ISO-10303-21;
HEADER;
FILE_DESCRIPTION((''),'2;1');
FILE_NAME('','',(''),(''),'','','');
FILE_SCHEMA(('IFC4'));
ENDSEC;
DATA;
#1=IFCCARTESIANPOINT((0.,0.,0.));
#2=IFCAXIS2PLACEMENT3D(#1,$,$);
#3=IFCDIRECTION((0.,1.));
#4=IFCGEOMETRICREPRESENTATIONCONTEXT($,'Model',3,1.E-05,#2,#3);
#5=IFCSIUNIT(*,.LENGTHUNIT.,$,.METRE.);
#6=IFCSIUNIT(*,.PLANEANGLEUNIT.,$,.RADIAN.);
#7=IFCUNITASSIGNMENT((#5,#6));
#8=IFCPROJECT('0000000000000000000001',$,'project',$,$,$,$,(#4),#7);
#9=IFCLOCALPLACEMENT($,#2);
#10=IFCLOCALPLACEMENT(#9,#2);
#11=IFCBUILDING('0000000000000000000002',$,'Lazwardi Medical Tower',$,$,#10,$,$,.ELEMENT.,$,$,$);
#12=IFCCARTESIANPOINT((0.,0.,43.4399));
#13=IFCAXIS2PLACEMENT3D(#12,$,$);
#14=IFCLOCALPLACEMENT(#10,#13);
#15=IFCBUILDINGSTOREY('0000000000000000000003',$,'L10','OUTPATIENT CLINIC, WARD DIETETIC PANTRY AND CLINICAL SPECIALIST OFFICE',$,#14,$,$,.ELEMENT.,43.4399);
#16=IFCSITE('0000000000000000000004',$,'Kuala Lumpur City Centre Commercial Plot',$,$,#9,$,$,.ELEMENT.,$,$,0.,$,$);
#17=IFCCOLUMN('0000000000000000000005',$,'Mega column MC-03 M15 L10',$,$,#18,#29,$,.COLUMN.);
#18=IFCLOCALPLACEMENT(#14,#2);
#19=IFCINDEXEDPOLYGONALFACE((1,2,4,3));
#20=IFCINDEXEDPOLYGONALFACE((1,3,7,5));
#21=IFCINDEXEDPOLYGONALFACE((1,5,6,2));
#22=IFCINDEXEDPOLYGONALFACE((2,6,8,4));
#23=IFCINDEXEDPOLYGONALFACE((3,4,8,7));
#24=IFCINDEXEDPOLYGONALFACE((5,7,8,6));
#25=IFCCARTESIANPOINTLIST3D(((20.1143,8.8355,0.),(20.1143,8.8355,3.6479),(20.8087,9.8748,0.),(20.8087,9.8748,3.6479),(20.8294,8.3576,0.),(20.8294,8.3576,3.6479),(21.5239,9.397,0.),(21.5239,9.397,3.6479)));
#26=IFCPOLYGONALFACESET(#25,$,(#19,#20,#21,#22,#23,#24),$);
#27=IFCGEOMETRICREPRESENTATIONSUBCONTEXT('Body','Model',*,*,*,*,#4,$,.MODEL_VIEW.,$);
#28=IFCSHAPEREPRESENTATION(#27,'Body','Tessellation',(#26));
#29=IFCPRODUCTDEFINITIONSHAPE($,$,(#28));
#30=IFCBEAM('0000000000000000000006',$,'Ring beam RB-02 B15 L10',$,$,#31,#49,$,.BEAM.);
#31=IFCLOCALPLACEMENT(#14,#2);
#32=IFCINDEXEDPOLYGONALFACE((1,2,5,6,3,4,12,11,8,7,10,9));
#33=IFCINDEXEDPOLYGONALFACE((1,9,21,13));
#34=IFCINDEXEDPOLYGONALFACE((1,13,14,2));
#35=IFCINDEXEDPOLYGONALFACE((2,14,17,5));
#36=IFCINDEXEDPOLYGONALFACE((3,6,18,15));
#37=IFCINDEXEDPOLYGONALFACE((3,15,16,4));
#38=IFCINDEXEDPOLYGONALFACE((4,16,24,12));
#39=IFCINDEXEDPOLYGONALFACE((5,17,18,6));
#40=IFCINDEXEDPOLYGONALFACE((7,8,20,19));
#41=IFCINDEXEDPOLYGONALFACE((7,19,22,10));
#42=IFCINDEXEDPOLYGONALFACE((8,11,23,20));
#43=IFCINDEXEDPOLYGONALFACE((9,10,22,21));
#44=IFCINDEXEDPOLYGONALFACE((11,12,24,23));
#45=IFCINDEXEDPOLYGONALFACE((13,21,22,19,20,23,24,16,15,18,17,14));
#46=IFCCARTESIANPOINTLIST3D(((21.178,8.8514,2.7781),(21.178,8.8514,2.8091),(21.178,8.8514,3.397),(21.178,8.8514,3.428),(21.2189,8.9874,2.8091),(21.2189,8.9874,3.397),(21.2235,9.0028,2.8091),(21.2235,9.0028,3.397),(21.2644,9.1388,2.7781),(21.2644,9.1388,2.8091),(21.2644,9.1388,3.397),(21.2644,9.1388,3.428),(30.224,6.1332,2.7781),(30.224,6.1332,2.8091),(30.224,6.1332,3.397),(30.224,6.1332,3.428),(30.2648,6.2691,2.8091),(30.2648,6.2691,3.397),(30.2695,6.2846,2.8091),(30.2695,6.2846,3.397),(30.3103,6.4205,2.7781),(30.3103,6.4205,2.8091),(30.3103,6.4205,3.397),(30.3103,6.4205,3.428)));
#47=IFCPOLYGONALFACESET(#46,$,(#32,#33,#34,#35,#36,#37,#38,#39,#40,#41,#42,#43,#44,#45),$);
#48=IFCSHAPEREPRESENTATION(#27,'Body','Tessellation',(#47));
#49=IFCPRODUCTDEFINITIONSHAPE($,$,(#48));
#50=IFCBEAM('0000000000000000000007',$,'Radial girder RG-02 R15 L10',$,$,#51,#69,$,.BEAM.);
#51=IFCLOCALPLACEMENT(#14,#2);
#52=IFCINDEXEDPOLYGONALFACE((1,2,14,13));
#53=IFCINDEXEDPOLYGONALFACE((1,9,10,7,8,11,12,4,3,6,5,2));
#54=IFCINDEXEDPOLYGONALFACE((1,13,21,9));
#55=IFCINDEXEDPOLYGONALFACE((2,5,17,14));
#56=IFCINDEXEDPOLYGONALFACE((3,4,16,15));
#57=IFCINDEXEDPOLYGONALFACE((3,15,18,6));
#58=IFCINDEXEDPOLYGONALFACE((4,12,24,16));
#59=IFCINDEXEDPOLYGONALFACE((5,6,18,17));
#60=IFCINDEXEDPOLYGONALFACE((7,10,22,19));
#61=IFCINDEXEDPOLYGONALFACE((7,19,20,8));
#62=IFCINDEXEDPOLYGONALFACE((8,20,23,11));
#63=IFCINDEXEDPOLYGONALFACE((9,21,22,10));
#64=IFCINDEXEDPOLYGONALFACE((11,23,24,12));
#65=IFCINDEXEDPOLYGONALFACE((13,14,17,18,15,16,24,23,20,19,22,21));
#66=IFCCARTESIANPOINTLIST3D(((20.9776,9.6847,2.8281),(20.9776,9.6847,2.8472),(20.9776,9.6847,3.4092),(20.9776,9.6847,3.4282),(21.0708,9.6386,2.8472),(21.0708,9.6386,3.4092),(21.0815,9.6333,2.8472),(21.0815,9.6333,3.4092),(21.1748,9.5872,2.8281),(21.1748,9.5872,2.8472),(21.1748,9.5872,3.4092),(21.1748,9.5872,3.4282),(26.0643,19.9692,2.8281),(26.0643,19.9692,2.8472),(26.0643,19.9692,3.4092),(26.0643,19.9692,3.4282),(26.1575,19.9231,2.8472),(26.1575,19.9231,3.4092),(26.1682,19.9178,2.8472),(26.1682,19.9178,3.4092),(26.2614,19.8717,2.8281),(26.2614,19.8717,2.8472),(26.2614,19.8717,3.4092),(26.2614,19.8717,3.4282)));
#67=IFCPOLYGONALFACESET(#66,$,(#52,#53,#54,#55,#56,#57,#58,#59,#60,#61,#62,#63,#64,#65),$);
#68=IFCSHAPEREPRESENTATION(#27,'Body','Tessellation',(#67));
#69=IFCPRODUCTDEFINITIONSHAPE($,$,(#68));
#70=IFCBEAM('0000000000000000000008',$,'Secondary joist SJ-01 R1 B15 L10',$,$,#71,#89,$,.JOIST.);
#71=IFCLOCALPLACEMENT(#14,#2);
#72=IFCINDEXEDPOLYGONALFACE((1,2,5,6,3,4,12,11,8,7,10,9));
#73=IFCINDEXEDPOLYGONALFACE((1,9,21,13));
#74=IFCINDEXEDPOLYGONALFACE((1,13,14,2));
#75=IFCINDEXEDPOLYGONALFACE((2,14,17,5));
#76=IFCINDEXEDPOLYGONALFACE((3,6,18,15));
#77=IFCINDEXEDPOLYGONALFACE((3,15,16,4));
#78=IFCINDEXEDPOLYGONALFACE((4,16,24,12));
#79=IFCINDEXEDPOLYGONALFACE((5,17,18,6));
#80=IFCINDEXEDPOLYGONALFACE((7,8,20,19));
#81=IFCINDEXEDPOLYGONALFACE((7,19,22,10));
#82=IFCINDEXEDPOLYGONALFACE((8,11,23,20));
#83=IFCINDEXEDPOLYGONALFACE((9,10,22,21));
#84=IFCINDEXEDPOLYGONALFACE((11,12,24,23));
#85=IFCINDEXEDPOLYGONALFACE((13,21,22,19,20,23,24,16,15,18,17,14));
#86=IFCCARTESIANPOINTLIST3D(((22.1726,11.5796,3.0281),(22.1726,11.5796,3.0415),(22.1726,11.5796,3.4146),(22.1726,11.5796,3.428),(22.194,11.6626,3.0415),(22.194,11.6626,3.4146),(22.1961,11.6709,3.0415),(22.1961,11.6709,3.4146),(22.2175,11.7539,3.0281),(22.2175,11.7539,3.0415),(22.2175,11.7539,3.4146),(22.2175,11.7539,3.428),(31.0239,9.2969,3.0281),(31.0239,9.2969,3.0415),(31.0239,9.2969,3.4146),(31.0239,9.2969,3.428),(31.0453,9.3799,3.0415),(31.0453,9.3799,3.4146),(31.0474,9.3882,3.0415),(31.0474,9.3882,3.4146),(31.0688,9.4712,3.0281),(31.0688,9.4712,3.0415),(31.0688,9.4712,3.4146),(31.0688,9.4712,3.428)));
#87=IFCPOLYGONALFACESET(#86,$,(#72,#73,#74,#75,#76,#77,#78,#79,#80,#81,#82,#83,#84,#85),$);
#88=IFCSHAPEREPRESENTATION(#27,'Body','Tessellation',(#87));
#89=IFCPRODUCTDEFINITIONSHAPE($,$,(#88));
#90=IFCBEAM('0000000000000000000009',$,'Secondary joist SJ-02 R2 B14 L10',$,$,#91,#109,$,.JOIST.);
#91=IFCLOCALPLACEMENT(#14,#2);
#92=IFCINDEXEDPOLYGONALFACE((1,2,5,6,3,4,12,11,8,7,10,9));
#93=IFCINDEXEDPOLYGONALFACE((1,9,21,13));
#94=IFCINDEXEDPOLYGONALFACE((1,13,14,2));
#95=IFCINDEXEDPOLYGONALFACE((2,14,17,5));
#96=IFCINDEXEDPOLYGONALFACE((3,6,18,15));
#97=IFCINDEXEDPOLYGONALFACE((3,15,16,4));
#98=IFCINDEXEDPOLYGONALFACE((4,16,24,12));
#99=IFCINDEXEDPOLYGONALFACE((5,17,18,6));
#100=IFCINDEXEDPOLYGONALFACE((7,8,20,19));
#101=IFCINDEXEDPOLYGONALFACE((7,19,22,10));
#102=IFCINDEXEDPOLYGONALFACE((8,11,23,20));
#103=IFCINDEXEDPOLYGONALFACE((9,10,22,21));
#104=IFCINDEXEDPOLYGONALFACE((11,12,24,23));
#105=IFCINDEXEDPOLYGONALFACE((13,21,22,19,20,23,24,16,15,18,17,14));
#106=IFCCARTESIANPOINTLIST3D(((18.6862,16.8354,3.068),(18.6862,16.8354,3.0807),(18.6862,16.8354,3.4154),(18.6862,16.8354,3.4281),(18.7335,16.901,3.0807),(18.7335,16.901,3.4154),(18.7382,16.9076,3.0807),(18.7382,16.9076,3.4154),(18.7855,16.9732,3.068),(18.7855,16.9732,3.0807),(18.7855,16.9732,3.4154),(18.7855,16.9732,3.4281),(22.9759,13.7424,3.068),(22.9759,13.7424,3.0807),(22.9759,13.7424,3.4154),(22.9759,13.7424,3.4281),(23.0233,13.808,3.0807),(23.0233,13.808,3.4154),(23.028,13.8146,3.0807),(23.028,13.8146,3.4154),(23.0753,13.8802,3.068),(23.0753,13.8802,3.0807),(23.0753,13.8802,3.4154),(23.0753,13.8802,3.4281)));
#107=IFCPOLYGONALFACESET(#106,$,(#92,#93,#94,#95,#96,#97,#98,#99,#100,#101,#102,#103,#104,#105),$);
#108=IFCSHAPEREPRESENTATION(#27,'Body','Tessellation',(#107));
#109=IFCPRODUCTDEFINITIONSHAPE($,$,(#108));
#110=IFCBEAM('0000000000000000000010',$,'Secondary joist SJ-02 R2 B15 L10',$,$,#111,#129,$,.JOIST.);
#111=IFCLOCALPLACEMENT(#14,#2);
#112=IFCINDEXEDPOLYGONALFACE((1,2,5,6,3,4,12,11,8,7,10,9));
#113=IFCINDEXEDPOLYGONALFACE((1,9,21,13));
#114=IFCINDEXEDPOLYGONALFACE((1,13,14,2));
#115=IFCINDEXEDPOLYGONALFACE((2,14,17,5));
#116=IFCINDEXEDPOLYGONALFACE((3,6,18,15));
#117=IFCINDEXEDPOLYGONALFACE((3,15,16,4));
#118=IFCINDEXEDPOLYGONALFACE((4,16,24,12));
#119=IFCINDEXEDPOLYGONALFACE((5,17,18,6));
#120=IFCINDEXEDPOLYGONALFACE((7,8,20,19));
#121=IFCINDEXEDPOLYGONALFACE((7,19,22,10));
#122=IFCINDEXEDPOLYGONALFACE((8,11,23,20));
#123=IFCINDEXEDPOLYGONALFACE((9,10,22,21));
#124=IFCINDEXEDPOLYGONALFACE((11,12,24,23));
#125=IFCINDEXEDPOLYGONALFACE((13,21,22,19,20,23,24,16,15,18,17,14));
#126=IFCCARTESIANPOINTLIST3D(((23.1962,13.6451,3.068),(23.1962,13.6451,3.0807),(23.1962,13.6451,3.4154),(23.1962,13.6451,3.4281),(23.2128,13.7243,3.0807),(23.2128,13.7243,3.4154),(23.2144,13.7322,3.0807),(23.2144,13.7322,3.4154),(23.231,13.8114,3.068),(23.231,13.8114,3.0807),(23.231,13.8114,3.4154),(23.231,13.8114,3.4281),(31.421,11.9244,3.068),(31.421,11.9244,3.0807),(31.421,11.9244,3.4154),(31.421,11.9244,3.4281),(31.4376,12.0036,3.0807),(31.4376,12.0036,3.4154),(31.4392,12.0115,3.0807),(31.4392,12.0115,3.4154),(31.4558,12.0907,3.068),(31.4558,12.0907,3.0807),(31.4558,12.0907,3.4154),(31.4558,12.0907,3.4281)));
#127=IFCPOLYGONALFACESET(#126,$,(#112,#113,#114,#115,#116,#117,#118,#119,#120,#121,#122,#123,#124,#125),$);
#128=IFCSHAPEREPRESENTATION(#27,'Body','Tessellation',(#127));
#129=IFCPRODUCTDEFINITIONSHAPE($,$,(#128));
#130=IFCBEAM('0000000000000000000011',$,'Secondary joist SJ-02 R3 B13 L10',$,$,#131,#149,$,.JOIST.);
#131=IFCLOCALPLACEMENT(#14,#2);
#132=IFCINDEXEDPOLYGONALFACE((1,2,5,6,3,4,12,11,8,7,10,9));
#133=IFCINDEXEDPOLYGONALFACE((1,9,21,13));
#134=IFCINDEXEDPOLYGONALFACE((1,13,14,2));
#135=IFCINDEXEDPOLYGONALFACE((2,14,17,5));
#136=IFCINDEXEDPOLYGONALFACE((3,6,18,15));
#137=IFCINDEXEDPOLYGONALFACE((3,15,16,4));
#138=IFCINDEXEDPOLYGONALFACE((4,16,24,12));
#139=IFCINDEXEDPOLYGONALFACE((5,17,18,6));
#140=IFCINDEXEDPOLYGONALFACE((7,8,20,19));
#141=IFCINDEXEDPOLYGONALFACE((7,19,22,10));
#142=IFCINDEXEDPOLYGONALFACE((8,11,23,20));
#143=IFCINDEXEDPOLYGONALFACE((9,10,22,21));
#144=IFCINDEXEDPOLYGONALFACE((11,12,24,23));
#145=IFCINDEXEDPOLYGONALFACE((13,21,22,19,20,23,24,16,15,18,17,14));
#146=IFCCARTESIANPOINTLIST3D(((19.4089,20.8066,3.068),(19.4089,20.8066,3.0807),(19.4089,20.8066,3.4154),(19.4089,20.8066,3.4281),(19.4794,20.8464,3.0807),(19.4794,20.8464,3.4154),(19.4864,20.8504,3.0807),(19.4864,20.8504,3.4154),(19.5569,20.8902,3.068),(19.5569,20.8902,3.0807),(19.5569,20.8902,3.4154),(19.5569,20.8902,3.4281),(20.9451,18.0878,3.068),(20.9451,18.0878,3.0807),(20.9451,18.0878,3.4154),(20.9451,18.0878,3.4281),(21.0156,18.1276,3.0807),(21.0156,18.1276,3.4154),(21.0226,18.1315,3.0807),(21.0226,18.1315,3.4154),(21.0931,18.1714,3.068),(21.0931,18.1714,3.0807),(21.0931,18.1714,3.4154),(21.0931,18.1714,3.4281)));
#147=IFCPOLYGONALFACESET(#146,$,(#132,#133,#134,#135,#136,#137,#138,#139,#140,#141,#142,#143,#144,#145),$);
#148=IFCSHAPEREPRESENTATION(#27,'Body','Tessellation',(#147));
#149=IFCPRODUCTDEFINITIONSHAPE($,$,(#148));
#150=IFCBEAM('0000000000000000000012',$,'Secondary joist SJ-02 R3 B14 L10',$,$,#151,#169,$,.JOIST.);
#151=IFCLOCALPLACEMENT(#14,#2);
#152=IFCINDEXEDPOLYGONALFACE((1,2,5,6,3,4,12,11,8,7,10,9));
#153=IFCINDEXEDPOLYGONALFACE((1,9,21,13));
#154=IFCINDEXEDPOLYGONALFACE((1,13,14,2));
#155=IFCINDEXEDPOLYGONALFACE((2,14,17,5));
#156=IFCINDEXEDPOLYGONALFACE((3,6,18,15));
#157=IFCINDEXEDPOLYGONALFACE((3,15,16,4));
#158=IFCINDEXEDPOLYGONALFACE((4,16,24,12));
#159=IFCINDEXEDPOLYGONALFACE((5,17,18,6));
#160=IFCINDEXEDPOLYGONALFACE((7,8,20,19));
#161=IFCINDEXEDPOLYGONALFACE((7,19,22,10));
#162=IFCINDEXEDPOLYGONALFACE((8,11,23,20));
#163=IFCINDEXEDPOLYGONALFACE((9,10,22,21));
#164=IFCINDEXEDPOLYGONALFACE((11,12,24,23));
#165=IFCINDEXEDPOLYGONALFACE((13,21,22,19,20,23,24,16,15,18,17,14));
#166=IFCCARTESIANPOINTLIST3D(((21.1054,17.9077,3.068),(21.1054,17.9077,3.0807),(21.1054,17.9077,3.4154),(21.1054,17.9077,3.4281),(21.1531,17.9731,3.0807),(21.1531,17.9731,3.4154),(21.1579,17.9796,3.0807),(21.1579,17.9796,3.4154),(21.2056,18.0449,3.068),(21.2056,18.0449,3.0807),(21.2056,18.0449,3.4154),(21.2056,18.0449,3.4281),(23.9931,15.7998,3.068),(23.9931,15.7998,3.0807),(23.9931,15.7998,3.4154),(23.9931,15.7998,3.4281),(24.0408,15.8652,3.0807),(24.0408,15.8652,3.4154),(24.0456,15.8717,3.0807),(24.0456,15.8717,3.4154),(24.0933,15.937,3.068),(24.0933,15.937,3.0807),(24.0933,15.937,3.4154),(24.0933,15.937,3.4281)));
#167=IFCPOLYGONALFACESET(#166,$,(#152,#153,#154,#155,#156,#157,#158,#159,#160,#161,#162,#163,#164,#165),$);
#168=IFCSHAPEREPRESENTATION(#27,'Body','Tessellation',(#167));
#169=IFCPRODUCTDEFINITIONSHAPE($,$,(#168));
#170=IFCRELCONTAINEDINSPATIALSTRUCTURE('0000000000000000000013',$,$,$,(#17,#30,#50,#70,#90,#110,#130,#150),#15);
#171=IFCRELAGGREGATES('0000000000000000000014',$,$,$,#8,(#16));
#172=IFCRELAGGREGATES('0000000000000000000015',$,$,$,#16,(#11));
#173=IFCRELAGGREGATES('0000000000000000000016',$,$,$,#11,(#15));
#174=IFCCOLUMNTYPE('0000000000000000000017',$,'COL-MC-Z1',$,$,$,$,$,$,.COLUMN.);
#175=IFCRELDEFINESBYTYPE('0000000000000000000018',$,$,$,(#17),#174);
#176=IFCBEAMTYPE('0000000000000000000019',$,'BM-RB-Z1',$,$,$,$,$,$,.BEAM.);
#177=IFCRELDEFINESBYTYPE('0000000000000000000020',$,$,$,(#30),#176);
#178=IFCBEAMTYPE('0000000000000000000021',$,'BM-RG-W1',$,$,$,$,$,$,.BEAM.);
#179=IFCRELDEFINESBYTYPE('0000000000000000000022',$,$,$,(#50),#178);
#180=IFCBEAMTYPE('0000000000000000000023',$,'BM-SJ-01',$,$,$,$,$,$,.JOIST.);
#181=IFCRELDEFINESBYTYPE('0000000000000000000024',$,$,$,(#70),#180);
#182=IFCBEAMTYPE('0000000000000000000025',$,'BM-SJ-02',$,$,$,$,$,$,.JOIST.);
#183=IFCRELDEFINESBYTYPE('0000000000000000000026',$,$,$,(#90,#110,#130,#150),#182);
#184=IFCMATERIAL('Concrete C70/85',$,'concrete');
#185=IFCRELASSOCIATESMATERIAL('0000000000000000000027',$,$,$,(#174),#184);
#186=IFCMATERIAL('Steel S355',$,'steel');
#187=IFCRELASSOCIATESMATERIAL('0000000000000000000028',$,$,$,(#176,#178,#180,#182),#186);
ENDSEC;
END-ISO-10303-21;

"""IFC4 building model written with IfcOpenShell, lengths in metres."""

from ifc_helpers import new_model, si_unit, direction, frame, origin, origin_2d, place, context, subcontext, project, spatial, rectangle, i_section, extrude, material, material_profile, profile_set, type_object, element, save


model = new_model("IFC4")

# Units and contexts
model_context = context("Model", 3, precision=1e-05, world=origin(), true_north=direction((0.0, 1.0)))
body_context = subcontext(model_context, "Body", "Model", "MODEL_VIEW")
ifc_project = project(units=[si_unit("LENGTHUNIT", "METRE"), si_unit("PLANEANGLEUNIT", "RADIAN")], contexts=[model_context])

# Site, building, storey
site_placement = place(None, origin())
site = spatial("IfcSite", under=ifc_project, at=site_placement, Name="Kuala Lumpur City Centre Commercial Plot", CompositionType="ELEMENT", RefElevation=0.0)
building_placement = place(site_placement, origin())
building = spatial("IfcBuilding", under=site, at=building_placement, Name="Lazwardi Medical Tower", CompositionType="ELEMENT")
storey_placement = place(building_placement, frame((0.0, 0.0, 43.4399)))
storey = spatial("IfcBuildingStorey", under=building, at=storey_placement, Name="L10", Description="OUTPATIENT CLINIC, WARD DIETETIC PANTRY AND CLINICAL SPECIALIST OFFICE", CompositionType="ELEMENT", Elevation=43.4399)

# Column
ifc_material_1 = material(Name="Concrete C70/85", Category="concrete")
ifc_material_profile_1 = material_profile(ifc_material_1, rectangle(XDim=1.25, YDim=0.8601, at=origin_2d()), Name="CFT-RECT 1250x860")
ifc_profile_set_1 = profile_set([ifc_material_profile_1], Name="Concrete C70/85")
column_type = type_object("IfcColumnType", Name="COL-MC-Z1", PredefinedType="COLUMN", material=ifc_profile_set_1)
column_placement = place(storey_placement, frame((20.8191, 9.1162, 0.0), z_axis=(0.0, 0.0, 1.0), x_axis=(-0.55557, -0.83147, 0.0)))
element("IfcColumn", 1, at=column_placement, inside=storey, type_object=column_type, Name="Mega column MC-03 M15 L10", PredefinedType="COLUMN", context=body_context, shape_type="SweptSolid", body=[
    extrude(rectangle(XDim=1.25, YDim=0.8601, at=origin_2d()), origin(), (0.0, 0.0, 1.0), 3.6479),
])

# Beams
ifc_material_2 = material(Name="Steel S355", Category="steel")
ifc_material_profile_2 = material_profile(ifc_material_2, i_section(OverallWidth=0.3, OverallDepth=0.6499, WebThickness=0.0161, FlangeThickness=0.031, at=origin_2d()), Name="HEB 650")
ifc_profile_set_2 = profile_set([ifc_material_profile_2], Name="Steel S355")
beam_type_1 = type_object("IfcBeamType", Name="BM-RB-Z1", PredefinedType="BEAM", material=ifc_profile_set_2)
beam_1_placement = place(storey_placement, frame((21.2212, 8.9951, 3.103), z_axis=(0.957695, -0.287784, 0.0), x_axis=(0.287784, 0.957695, 0.0)))
element("IfcBeam", 2, at=beam_1_placement, inside=storey, type_object=beam_type_1, Name="Ring beam RB-02 B15 L10", PredefinedType="BEAM", context=body_context, shape_type="SweptSolid", body=[
    extrude(i_section(OverallWidth=0.3, OverallDepth=0.6499, WebThickness=0.0161, FlangeThickness=0.031, at=origin_2d()), origin(), (0.0, 0.0, 1.0), 9.4456),
])
ifc_material_profile_3 = material_profile(ifc_material_2, i_section(OverallWidth=0.22, OverallDepth=0.6001, WebThickness=0.012, FlangeThickness=0.019, at=origin_2d()), Name="IPE 600")
ifc_profile_set_3 = profile_set([ifc_material_profile_3], Name="Steel S355")
beam_type_2 = type_object("IfcBeamType", Name="BM-RG-W1", PredefinedType="BEAM", material=ifc_profile_set_3)
beam_2_placement = place(storey_placement, frame((21.0762, 9.636, 3.1282), z_axis=(0.443337, 0.896355, 0.0), x_axis=(-0.896355, 0.443337, 0.0)))
element("IfcBeam", 3, at=beam_2_placement, inside=storey, type_object=beam_type_2, Name="Radial girder RG-02 R15 L10", PredefinedType="BEAM", context=body_context, shape_type="SweptSolid", body=[
    extrude(i_section(OverallWidth=0.22, OverallDepth=0.6001, WebThickness=0.012, FlangeThickness=0.019, at=origin_2d()), origin(), (0.0, 0.0, 1.0), 11.4736),
])
ifc_material_profile_4 = material_profile(ifc_material_2, i_section(OverallWidth=0.1799, OverallDepth=0.3999, WebThickness=0.0085, FlangeThickness=0.0134, at=origin_2d()), Name="IPE 400")
ifc_profile_set_4 = profile_set([ifc_material_profile_4], Name="Steel S355")
beam_type_3 = type_object("IfcBeamType", Name="BM-SJ-01", PredefinedType="JOIST", material=ifc_profile_set_4)
beam_3_placement = place(storey_placement, frame((22.1951, 11.6667, 3.228), z_axis=(0.968317, -0.249725, 0.0), x_axis=(0.249725, 0.968317, 0.0)))
element("IfcBeam", 4, at=beam_3_placement, inside=storey, type_object=beam_type_3, Name="Secondary joist SJ-01 R1 B15 L10", PredefinedType="JOIST", context=body_context, shape_type="SweptSolid", body=[
    extrude(i_section(OverallWidth=0.1799, OverallDepth=0.3999, WebThickness=0.0085, FlangeThickness=0.0134, at=origin_2d()), origin(), (0.0, 0.0, 1.0), 9.1409),
])
ifc_material_profile_5 = material_profile(ifc_material_2, i_section(OverallWidth=0.1699, OverallDepth=0.3601, WebThickness=0.0081, FlangeThickness=0.0127, at=origin_2d()), Name="IPE 360")
ifc_profile_set_5 = profile_set([ifc_material_profile_5], Name="Steel S355")
beam_type_4 = type_object("IfcBeamType", Name="BM-SJ-02", PredefinedType="JOIST", material=ifc_profile_set_5)
beam_4_placement = place(storey_placement, frame((18.7358, 16.9043, 3.248), z_axis=(0.811143, -0.584848, 0.0), x_axis=(0.584848, 0.811143, 0.0)))
element("IfcBeam", 5, at=beam_4_placement, inside=storey, type_object=beam_type_4, Name="Secondary joist SJ-02 R2 B14 L10", PredefinedType="JOIST", context=body_context, shape_type="SweptSolid", body=[
    extrude(i_section(OverallWidth=0.1699, OverallDepth=0.3601, WebThickness=0.0081, FlangeThickness=0.0127, at=origin_2d()), origin(), (0.0, 0.0, 1.0), 5.2886),
])
beam_5_placement = place(storey_placement, frame((23.2136, 13.7283, 3.248), z_axis=(0.978809, -0.204774, 0.0), x_axis=(0.204774, 0.978809, 0.0)))
element("IfcBeam", 6, at=beam_5_placement, inside=storey, type_object=beam_type_4, Name="Secondary joist SJ-02 R2 B15 L10", PredefinedType="JOIST", context=body_context, shape_type="SweptSolid", body=[
    extrude(i_section(OverallWidth=0.1699, OverallDepth=0.3601, WebThickness=0.0081, FlangeThickness=0.0127, at=origin_2d()), origin(), (0.0, 0.0, 1.0), 8.4028),
])
beam_6_placement = place(storey_placement, frame((19.4829, 20.8484, 3.248), z_axis=(0.491923, -0.870639, 0.0), x_axis=(0.870639, 0.491923, 0.0)))
element("IfcBeam", 7, at=beam_6_placement, inside=storey, type_object=beam_type_4, Name="Secondary joist SJ-02 R3 B13 L10", PredefinedType="JOIST", context=body_context, shape_type="SweptSolid", body=[
    extrude(i_section(OverallWidth=0.1699, OverallDepth=0.3601, WebThickness=0.0081, FlangeThickness=0.0127, at=origin_2d()), origin(), (0.0, 0.0, 1.0), 3.1228),
])
beam_7_placement = place(storey_placement, frame((21.1555, 17.9763, 3.248), z_axis=(0.807701, -0.589592, 0.0), x_axis=(0.589592, 0.807701, 0.0)))
element("IfcBeam", 8, at=beam_7_placement, inside=storey, type_object=beam_type_4, Name="Secondary joist SJ-02 R3 B14 L10", PredefinedType="JOIST", context=body_context, shape_type="SweptSolid", body=[
    extrude(i_section(OverallWidth=0.1699, OverallDepth=0.3601, WebThickness=0.0081, FlangeThickness=0.0127, at=origin_2d()), origin(), (0.0, 0.0, 1.0), 3.5752),
])

save(model, "model.ifc")
